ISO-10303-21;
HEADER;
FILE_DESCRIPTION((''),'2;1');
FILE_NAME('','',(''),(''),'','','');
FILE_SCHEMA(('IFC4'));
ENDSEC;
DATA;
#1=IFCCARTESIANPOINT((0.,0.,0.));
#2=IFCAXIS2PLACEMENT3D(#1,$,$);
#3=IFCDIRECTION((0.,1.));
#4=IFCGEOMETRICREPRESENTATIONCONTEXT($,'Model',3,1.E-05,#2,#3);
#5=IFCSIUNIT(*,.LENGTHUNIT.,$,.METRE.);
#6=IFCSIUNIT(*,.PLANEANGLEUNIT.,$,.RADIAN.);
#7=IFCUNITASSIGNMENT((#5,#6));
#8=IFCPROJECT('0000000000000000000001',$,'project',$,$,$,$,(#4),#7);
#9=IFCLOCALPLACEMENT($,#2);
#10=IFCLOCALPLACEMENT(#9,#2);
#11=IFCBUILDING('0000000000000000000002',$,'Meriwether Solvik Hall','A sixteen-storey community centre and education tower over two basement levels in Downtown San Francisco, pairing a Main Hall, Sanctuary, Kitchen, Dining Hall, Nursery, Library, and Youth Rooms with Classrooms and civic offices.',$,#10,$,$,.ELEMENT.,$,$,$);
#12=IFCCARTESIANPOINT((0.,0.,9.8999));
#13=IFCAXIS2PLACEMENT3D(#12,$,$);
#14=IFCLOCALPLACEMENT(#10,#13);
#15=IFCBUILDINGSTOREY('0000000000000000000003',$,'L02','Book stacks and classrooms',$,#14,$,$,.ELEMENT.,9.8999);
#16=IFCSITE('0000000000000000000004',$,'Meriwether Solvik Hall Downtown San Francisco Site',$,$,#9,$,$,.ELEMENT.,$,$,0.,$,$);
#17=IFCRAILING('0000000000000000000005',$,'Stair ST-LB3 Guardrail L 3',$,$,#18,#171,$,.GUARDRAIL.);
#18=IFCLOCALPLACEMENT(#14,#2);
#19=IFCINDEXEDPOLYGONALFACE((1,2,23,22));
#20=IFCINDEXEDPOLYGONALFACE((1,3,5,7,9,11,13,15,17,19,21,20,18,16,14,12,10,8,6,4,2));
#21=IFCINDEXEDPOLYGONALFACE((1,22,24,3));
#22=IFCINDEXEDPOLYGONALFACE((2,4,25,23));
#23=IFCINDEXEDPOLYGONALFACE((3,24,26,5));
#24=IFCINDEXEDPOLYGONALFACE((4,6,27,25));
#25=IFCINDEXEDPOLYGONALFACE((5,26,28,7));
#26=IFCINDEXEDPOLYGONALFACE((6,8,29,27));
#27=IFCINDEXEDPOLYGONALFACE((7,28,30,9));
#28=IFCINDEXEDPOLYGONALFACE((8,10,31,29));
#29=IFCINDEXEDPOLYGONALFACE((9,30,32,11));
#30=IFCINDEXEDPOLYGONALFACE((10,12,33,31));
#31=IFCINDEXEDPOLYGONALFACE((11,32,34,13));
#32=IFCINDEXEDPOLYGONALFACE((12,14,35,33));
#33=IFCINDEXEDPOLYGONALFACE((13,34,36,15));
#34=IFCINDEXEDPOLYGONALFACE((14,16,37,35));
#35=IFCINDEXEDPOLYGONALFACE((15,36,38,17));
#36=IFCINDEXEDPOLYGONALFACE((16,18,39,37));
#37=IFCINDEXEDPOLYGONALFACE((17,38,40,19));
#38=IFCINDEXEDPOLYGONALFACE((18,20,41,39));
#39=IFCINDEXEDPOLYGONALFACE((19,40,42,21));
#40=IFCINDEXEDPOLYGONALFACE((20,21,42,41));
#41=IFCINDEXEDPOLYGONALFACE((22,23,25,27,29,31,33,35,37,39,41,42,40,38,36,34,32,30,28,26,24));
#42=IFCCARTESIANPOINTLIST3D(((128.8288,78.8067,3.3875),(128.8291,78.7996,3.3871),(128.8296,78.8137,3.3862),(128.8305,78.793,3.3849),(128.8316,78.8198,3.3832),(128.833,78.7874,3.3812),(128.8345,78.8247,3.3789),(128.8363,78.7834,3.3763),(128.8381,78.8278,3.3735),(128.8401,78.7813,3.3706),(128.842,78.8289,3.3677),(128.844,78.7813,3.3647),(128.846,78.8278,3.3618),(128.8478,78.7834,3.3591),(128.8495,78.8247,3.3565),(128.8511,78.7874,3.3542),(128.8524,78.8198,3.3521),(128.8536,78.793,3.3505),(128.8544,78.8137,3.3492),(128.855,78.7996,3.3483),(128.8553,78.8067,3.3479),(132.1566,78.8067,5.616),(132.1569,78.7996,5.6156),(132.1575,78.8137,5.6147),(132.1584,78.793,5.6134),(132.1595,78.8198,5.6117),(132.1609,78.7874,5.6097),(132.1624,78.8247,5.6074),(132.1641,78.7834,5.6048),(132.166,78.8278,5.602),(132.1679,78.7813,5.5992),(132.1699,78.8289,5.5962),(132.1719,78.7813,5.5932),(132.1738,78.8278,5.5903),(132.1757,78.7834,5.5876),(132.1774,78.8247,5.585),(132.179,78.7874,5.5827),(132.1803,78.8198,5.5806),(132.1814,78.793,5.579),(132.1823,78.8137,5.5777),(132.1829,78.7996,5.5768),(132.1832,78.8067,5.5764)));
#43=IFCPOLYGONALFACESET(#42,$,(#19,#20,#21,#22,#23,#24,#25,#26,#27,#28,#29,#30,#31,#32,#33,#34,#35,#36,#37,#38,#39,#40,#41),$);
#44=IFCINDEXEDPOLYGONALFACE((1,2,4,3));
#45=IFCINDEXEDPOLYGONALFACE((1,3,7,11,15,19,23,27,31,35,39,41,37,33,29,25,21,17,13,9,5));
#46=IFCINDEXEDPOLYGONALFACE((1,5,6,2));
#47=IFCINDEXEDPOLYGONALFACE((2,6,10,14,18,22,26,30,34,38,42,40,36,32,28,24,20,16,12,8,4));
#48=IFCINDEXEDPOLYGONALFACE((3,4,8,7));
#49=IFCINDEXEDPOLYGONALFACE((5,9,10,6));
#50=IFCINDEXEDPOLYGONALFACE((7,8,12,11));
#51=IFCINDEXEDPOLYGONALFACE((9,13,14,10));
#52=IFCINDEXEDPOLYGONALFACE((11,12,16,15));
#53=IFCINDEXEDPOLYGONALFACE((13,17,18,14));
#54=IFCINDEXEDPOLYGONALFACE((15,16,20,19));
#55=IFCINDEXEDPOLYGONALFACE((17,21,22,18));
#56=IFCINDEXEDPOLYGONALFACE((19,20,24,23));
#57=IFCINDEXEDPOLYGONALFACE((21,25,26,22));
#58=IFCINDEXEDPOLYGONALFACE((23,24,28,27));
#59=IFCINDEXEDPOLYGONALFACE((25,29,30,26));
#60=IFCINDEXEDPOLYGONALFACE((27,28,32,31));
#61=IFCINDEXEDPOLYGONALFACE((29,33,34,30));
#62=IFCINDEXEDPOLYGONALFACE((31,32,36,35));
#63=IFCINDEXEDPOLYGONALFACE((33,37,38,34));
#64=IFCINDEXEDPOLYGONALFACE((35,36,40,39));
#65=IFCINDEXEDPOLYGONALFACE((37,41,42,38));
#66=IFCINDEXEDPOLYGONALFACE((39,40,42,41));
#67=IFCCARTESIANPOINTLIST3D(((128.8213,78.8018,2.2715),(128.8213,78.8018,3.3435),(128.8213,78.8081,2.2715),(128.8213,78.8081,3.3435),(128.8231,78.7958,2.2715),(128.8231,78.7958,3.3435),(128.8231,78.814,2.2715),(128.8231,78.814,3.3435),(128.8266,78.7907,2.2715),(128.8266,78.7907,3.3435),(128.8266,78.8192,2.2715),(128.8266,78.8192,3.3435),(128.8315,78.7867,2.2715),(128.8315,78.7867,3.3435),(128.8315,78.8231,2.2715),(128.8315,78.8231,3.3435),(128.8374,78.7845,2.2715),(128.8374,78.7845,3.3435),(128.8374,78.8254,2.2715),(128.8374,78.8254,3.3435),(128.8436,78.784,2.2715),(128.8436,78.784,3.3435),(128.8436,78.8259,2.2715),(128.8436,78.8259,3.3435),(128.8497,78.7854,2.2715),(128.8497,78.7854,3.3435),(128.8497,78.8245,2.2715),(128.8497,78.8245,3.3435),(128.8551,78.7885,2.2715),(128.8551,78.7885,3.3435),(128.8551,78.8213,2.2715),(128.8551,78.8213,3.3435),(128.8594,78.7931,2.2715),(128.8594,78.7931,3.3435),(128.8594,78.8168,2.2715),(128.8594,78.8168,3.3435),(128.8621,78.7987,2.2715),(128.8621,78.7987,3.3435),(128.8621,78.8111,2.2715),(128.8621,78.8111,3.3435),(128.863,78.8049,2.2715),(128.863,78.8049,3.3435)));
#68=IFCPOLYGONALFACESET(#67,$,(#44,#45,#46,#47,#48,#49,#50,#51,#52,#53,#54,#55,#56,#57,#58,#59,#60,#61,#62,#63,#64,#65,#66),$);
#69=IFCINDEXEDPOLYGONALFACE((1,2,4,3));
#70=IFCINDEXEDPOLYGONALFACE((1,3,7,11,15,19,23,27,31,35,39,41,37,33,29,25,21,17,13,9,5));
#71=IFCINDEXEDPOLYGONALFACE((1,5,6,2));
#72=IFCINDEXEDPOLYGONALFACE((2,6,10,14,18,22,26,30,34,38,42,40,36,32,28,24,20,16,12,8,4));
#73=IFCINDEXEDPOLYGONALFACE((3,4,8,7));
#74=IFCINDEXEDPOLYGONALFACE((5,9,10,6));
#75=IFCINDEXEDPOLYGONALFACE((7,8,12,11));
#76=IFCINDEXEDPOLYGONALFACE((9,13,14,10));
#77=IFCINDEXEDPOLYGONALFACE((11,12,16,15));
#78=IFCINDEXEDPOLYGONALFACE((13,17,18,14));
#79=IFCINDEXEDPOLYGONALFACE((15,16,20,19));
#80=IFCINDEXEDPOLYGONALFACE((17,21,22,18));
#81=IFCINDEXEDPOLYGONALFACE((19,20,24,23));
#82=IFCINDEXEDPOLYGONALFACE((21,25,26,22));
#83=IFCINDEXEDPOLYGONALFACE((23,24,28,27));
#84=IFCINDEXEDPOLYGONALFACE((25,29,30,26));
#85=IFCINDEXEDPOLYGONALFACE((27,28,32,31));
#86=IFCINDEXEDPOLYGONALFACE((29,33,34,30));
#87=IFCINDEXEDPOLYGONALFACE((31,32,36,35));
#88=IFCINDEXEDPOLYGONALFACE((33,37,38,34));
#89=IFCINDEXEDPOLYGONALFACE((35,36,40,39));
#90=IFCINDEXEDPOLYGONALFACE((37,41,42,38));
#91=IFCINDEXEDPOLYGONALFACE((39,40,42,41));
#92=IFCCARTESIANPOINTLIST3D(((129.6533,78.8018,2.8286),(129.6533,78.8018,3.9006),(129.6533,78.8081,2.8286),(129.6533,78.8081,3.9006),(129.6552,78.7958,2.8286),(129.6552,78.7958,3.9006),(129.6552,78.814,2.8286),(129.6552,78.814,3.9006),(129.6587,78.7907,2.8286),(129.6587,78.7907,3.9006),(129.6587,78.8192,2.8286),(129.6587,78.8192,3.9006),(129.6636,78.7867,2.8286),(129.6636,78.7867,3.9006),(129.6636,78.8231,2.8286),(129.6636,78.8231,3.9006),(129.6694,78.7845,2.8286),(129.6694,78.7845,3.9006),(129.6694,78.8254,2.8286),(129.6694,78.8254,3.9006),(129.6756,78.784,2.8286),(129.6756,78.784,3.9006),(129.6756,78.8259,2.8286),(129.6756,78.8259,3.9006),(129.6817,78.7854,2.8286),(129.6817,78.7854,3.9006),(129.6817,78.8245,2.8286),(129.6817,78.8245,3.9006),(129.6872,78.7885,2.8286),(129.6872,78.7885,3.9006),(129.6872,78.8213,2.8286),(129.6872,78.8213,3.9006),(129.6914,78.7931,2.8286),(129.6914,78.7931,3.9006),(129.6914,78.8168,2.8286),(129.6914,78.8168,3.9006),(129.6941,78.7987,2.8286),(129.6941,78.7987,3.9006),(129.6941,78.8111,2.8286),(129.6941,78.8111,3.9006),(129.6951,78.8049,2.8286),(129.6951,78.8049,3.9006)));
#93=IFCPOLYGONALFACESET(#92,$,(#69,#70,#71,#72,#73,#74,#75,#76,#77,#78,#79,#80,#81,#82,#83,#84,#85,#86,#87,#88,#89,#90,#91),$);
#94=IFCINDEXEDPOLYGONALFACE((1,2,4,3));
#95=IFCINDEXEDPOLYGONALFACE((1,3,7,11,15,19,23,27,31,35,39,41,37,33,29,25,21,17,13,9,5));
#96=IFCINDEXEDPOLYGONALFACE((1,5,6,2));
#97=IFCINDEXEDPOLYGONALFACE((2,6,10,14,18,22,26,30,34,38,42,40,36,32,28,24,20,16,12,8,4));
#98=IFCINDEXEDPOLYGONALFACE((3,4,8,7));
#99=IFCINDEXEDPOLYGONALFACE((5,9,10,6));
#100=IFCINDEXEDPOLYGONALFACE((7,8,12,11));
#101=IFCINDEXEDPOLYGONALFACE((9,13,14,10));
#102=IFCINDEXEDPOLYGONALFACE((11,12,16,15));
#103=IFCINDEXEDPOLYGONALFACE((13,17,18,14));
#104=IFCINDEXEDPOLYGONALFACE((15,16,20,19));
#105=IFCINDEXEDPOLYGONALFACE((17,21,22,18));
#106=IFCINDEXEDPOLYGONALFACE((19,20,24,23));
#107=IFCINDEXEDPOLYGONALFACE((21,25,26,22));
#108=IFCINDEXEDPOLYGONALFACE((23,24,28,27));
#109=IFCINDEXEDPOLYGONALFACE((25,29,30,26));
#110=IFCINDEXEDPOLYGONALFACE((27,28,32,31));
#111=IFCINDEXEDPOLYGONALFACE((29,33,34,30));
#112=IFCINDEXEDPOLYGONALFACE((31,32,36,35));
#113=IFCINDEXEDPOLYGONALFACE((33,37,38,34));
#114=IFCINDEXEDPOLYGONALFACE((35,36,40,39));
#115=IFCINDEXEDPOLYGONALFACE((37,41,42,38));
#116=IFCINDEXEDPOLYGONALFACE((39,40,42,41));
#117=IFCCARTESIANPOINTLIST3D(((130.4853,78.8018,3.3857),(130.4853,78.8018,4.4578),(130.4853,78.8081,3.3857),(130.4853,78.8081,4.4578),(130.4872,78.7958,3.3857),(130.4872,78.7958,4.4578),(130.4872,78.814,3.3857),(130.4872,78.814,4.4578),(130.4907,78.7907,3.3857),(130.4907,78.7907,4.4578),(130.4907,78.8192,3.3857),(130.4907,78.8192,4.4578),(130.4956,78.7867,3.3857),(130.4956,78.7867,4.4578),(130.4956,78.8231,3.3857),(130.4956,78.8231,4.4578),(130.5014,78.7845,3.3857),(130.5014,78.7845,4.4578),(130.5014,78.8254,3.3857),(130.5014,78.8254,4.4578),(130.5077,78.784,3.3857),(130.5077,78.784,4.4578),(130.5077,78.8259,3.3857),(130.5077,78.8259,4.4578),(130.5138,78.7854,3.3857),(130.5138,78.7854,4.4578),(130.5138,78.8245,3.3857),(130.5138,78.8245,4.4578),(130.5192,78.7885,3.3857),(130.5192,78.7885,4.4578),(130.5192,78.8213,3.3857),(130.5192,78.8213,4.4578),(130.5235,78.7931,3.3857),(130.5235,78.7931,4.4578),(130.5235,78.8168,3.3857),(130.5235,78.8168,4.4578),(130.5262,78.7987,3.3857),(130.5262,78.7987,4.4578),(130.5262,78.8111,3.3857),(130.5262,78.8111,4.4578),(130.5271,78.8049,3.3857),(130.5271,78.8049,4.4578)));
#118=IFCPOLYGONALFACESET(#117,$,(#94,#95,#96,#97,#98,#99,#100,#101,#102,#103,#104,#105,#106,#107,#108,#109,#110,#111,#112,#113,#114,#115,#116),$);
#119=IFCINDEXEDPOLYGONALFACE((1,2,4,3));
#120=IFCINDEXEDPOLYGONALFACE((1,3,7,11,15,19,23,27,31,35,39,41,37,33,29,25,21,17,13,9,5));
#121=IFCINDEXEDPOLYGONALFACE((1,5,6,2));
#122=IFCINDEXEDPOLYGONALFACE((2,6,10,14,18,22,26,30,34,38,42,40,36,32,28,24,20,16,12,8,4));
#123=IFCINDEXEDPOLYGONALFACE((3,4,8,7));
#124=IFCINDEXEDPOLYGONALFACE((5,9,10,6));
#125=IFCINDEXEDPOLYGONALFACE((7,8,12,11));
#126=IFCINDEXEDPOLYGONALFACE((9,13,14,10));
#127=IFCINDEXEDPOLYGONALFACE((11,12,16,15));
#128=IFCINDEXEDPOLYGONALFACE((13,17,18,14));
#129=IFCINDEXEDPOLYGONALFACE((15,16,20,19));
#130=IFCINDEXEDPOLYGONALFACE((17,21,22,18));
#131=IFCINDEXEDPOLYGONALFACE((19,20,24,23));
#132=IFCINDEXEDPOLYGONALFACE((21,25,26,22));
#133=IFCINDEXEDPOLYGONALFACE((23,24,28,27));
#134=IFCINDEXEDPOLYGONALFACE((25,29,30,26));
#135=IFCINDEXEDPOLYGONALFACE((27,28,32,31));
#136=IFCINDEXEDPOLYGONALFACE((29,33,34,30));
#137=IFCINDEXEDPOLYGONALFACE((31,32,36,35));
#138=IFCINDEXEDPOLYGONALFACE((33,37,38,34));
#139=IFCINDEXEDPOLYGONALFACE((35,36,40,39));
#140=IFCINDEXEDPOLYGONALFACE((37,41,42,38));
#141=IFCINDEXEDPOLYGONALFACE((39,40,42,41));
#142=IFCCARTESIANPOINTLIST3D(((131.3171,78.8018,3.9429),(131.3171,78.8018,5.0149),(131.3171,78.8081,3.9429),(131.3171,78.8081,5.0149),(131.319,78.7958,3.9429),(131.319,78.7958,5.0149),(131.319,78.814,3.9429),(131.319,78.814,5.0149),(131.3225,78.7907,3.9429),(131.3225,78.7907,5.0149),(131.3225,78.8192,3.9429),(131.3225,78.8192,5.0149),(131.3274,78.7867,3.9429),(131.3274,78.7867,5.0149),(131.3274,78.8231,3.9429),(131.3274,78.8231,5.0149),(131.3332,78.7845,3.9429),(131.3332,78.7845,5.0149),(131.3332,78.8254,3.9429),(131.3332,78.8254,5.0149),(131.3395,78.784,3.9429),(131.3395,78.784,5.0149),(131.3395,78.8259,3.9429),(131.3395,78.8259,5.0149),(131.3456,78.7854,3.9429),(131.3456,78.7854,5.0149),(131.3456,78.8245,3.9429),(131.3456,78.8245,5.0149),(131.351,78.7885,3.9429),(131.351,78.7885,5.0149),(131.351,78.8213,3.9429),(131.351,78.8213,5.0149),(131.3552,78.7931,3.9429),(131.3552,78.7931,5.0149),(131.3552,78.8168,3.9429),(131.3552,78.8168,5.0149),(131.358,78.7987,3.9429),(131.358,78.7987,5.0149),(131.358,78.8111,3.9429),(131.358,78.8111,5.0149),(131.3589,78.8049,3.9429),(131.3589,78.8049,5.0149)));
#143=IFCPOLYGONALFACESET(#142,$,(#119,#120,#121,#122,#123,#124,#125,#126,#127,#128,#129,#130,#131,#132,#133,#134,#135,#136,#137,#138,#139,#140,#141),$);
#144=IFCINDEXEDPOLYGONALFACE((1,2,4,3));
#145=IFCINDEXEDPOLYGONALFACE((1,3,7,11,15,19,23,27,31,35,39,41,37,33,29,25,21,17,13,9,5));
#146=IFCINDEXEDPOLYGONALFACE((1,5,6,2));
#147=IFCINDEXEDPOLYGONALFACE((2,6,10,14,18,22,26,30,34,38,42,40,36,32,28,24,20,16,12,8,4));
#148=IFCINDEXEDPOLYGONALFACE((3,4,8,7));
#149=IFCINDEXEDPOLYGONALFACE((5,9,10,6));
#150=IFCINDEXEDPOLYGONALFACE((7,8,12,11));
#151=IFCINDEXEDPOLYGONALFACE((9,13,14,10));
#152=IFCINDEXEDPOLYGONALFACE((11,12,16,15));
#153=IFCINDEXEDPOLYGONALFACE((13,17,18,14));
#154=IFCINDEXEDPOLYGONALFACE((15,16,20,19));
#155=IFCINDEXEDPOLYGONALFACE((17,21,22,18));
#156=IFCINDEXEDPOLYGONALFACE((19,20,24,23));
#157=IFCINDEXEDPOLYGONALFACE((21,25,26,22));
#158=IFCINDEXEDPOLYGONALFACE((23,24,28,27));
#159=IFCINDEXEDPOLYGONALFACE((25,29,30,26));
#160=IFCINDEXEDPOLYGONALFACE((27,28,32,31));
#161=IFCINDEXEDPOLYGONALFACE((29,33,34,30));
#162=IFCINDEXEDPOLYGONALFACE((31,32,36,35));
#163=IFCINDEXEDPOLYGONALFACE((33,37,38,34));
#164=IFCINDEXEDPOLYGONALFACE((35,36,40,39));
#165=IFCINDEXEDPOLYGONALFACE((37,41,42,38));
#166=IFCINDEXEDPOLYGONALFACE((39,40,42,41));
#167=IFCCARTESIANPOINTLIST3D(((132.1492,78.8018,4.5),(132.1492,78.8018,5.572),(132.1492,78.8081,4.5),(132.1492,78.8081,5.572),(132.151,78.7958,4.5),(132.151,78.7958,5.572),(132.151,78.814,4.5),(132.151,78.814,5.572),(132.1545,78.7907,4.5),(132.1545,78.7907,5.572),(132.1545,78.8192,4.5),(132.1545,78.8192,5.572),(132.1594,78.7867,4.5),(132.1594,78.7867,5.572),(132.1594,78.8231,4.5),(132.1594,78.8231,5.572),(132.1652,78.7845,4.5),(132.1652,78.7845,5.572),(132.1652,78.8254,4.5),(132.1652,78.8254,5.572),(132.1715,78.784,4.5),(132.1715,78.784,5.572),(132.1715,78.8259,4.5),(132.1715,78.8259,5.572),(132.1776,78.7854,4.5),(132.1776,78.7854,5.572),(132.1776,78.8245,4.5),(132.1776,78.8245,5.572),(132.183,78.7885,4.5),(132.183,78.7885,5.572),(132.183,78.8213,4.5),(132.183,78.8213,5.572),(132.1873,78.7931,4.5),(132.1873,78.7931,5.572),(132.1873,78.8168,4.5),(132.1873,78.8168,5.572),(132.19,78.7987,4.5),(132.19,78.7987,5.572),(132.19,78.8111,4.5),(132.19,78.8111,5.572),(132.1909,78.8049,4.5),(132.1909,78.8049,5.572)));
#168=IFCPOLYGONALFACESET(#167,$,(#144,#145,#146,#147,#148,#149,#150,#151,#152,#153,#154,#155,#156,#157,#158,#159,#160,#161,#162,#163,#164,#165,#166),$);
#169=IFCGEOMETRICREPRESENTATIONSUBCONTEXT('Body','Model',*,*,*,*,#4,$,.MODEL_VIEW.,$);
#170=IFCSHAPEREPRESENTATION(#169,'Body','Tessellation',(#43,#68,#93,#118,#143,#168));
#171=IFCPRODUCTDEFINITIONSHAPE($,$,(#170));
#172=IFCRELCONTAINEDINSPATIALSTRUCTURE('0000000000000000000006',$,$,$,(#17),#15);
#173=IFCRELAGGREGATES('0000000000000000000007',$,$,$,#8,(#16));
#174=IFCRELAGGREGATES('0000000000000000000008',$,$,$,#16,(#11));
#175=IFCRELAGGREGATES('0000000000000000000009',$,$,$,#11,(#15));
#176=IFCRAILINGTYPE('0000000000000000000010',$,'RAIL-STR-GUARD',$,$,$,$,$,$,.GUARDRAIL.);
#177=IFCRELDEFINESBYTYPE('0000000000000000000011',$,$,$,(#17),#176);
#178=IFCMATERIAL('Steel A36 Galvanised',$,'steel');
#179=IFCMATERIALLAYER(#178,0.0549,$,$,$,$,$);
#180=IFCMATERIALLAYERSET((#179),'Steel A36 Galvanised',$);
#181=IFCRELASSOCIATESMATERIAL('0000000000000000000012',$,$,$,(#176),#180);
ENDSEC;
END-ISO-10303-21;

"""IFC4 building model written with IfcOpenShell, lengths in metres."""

from ifc_helpers import new_model, si_unit, direction, frame, origin, origin_2d, place, context, subcontext, project, spatial, circle, extrude, material, layer, layer_set, type_object, element, save


model = new_model("IFC4")

# Units and contexts
model_context = context("Model", 3, precision=1e-05, world=origin(), true_north=direction((0.0, 1.0)))
body_context = subcontext(model_context, "Body", "Model", "MODEL_VIEW")
ifc_project = project(units=[si_unit("LENGTHUNIT", "METRE"), si_unit("PLANEANGLEUNIT", "RADIAN")], contexts=[model_context])

# Site, building, storey
site_placement = place(None, origin())
site = spatial("IfcSite", under=ifc_project, at=site_placement, Name="Meriwether Solvik Hall Downtown San Francisco Site", CompositionType="ELEMENT", RefElevation=0.0)
building_placement = place(site_placement, origin())
building = spatial("IfcBuilding", under=site, at=building_placement, Name="Meriwether Solvik Hall", Description="A sixteen-storey community centre and education tower over two basement levels in Downtown San Francisco, pairing a Main Hall, Sanctuary, Kitchen, Dining Hall, Nursery, Library, and Youth Rooms with Classrooms and civic offices.", CompositionType="ELEMENT")
storey_placement = place(building_placement, frame((0.0, 0.0, 9.8999)))
storey = spatial("IfcBuildingStorey", under=building, at=storey_placement, Name="L02", Description="Book stacks and classrooms", CompositionType="ELEMENT", Elevation=9.8999)

# Railing
ifc_material_1 = material(Name="Steel A36 Galvanised", Category="steel")
ifc_layer_1 = layer(ifc_material_1, 0.0549)
ifc_layer_set_1 = layer_set([ifc_layer_1], Name="Steel A36 Galvanised")
railing_type_1 = type_object("IfcRailingType", Name="RAIL-STR-GUARD", PredefinedType="GUARDRAIL", material=ifc_layer_set_1)
railing_1_placement = place(storey_placement, frame((128.842, 78.8049, 2.2715)))
element("IfcRailing", 1, at=railing_1_placement, inside=storey, type_object=railing_type_1, Name="Stair ST-LB3 Guardrail L 3", PredefinedType="GUARDRAIL", context=body_context, shape_type="SweptSolid", body=[
    extrude(circle(Radius=0.0239, at=origin_2d()), frame((0.0, 0.0, 1.0962), z_axis=(0.830904, 0.0, 0.556415), x_axis=(0.0, 1.0, 0.0)), (0.0, 0.0, 1.0), 4.0051),
    extrude(circle(Radius=0.021, at=origin_2d()), origin(), (0.0, 0.0, 1.0), 1.072),
    extrude(circle(Radius=0.021, at=origin_2d()), frame((0.832, 0.0, 0.5571)), (0.0, 0.0, 1.0), 1.072),
    extrude(circle(Radius=0.021, at=origin_2d()), frame((1.6641, 0.0, 1.1143)), (0.0, 0.0, 1.0), 1.072),
    extrude(circle(Radius=0.021, at=origin_2d()), frame((2.4958, 0.0, 1.6714)), (0.0, 0.0, 1.0), 1.072),
    extrude(circle(Radius=0.021, at=origin_2d()), frame((3.3279, 0.0, 2.2285)), (0.0, 0.0, 1.0), 1.072),
])

save(model, "model.ifc")
